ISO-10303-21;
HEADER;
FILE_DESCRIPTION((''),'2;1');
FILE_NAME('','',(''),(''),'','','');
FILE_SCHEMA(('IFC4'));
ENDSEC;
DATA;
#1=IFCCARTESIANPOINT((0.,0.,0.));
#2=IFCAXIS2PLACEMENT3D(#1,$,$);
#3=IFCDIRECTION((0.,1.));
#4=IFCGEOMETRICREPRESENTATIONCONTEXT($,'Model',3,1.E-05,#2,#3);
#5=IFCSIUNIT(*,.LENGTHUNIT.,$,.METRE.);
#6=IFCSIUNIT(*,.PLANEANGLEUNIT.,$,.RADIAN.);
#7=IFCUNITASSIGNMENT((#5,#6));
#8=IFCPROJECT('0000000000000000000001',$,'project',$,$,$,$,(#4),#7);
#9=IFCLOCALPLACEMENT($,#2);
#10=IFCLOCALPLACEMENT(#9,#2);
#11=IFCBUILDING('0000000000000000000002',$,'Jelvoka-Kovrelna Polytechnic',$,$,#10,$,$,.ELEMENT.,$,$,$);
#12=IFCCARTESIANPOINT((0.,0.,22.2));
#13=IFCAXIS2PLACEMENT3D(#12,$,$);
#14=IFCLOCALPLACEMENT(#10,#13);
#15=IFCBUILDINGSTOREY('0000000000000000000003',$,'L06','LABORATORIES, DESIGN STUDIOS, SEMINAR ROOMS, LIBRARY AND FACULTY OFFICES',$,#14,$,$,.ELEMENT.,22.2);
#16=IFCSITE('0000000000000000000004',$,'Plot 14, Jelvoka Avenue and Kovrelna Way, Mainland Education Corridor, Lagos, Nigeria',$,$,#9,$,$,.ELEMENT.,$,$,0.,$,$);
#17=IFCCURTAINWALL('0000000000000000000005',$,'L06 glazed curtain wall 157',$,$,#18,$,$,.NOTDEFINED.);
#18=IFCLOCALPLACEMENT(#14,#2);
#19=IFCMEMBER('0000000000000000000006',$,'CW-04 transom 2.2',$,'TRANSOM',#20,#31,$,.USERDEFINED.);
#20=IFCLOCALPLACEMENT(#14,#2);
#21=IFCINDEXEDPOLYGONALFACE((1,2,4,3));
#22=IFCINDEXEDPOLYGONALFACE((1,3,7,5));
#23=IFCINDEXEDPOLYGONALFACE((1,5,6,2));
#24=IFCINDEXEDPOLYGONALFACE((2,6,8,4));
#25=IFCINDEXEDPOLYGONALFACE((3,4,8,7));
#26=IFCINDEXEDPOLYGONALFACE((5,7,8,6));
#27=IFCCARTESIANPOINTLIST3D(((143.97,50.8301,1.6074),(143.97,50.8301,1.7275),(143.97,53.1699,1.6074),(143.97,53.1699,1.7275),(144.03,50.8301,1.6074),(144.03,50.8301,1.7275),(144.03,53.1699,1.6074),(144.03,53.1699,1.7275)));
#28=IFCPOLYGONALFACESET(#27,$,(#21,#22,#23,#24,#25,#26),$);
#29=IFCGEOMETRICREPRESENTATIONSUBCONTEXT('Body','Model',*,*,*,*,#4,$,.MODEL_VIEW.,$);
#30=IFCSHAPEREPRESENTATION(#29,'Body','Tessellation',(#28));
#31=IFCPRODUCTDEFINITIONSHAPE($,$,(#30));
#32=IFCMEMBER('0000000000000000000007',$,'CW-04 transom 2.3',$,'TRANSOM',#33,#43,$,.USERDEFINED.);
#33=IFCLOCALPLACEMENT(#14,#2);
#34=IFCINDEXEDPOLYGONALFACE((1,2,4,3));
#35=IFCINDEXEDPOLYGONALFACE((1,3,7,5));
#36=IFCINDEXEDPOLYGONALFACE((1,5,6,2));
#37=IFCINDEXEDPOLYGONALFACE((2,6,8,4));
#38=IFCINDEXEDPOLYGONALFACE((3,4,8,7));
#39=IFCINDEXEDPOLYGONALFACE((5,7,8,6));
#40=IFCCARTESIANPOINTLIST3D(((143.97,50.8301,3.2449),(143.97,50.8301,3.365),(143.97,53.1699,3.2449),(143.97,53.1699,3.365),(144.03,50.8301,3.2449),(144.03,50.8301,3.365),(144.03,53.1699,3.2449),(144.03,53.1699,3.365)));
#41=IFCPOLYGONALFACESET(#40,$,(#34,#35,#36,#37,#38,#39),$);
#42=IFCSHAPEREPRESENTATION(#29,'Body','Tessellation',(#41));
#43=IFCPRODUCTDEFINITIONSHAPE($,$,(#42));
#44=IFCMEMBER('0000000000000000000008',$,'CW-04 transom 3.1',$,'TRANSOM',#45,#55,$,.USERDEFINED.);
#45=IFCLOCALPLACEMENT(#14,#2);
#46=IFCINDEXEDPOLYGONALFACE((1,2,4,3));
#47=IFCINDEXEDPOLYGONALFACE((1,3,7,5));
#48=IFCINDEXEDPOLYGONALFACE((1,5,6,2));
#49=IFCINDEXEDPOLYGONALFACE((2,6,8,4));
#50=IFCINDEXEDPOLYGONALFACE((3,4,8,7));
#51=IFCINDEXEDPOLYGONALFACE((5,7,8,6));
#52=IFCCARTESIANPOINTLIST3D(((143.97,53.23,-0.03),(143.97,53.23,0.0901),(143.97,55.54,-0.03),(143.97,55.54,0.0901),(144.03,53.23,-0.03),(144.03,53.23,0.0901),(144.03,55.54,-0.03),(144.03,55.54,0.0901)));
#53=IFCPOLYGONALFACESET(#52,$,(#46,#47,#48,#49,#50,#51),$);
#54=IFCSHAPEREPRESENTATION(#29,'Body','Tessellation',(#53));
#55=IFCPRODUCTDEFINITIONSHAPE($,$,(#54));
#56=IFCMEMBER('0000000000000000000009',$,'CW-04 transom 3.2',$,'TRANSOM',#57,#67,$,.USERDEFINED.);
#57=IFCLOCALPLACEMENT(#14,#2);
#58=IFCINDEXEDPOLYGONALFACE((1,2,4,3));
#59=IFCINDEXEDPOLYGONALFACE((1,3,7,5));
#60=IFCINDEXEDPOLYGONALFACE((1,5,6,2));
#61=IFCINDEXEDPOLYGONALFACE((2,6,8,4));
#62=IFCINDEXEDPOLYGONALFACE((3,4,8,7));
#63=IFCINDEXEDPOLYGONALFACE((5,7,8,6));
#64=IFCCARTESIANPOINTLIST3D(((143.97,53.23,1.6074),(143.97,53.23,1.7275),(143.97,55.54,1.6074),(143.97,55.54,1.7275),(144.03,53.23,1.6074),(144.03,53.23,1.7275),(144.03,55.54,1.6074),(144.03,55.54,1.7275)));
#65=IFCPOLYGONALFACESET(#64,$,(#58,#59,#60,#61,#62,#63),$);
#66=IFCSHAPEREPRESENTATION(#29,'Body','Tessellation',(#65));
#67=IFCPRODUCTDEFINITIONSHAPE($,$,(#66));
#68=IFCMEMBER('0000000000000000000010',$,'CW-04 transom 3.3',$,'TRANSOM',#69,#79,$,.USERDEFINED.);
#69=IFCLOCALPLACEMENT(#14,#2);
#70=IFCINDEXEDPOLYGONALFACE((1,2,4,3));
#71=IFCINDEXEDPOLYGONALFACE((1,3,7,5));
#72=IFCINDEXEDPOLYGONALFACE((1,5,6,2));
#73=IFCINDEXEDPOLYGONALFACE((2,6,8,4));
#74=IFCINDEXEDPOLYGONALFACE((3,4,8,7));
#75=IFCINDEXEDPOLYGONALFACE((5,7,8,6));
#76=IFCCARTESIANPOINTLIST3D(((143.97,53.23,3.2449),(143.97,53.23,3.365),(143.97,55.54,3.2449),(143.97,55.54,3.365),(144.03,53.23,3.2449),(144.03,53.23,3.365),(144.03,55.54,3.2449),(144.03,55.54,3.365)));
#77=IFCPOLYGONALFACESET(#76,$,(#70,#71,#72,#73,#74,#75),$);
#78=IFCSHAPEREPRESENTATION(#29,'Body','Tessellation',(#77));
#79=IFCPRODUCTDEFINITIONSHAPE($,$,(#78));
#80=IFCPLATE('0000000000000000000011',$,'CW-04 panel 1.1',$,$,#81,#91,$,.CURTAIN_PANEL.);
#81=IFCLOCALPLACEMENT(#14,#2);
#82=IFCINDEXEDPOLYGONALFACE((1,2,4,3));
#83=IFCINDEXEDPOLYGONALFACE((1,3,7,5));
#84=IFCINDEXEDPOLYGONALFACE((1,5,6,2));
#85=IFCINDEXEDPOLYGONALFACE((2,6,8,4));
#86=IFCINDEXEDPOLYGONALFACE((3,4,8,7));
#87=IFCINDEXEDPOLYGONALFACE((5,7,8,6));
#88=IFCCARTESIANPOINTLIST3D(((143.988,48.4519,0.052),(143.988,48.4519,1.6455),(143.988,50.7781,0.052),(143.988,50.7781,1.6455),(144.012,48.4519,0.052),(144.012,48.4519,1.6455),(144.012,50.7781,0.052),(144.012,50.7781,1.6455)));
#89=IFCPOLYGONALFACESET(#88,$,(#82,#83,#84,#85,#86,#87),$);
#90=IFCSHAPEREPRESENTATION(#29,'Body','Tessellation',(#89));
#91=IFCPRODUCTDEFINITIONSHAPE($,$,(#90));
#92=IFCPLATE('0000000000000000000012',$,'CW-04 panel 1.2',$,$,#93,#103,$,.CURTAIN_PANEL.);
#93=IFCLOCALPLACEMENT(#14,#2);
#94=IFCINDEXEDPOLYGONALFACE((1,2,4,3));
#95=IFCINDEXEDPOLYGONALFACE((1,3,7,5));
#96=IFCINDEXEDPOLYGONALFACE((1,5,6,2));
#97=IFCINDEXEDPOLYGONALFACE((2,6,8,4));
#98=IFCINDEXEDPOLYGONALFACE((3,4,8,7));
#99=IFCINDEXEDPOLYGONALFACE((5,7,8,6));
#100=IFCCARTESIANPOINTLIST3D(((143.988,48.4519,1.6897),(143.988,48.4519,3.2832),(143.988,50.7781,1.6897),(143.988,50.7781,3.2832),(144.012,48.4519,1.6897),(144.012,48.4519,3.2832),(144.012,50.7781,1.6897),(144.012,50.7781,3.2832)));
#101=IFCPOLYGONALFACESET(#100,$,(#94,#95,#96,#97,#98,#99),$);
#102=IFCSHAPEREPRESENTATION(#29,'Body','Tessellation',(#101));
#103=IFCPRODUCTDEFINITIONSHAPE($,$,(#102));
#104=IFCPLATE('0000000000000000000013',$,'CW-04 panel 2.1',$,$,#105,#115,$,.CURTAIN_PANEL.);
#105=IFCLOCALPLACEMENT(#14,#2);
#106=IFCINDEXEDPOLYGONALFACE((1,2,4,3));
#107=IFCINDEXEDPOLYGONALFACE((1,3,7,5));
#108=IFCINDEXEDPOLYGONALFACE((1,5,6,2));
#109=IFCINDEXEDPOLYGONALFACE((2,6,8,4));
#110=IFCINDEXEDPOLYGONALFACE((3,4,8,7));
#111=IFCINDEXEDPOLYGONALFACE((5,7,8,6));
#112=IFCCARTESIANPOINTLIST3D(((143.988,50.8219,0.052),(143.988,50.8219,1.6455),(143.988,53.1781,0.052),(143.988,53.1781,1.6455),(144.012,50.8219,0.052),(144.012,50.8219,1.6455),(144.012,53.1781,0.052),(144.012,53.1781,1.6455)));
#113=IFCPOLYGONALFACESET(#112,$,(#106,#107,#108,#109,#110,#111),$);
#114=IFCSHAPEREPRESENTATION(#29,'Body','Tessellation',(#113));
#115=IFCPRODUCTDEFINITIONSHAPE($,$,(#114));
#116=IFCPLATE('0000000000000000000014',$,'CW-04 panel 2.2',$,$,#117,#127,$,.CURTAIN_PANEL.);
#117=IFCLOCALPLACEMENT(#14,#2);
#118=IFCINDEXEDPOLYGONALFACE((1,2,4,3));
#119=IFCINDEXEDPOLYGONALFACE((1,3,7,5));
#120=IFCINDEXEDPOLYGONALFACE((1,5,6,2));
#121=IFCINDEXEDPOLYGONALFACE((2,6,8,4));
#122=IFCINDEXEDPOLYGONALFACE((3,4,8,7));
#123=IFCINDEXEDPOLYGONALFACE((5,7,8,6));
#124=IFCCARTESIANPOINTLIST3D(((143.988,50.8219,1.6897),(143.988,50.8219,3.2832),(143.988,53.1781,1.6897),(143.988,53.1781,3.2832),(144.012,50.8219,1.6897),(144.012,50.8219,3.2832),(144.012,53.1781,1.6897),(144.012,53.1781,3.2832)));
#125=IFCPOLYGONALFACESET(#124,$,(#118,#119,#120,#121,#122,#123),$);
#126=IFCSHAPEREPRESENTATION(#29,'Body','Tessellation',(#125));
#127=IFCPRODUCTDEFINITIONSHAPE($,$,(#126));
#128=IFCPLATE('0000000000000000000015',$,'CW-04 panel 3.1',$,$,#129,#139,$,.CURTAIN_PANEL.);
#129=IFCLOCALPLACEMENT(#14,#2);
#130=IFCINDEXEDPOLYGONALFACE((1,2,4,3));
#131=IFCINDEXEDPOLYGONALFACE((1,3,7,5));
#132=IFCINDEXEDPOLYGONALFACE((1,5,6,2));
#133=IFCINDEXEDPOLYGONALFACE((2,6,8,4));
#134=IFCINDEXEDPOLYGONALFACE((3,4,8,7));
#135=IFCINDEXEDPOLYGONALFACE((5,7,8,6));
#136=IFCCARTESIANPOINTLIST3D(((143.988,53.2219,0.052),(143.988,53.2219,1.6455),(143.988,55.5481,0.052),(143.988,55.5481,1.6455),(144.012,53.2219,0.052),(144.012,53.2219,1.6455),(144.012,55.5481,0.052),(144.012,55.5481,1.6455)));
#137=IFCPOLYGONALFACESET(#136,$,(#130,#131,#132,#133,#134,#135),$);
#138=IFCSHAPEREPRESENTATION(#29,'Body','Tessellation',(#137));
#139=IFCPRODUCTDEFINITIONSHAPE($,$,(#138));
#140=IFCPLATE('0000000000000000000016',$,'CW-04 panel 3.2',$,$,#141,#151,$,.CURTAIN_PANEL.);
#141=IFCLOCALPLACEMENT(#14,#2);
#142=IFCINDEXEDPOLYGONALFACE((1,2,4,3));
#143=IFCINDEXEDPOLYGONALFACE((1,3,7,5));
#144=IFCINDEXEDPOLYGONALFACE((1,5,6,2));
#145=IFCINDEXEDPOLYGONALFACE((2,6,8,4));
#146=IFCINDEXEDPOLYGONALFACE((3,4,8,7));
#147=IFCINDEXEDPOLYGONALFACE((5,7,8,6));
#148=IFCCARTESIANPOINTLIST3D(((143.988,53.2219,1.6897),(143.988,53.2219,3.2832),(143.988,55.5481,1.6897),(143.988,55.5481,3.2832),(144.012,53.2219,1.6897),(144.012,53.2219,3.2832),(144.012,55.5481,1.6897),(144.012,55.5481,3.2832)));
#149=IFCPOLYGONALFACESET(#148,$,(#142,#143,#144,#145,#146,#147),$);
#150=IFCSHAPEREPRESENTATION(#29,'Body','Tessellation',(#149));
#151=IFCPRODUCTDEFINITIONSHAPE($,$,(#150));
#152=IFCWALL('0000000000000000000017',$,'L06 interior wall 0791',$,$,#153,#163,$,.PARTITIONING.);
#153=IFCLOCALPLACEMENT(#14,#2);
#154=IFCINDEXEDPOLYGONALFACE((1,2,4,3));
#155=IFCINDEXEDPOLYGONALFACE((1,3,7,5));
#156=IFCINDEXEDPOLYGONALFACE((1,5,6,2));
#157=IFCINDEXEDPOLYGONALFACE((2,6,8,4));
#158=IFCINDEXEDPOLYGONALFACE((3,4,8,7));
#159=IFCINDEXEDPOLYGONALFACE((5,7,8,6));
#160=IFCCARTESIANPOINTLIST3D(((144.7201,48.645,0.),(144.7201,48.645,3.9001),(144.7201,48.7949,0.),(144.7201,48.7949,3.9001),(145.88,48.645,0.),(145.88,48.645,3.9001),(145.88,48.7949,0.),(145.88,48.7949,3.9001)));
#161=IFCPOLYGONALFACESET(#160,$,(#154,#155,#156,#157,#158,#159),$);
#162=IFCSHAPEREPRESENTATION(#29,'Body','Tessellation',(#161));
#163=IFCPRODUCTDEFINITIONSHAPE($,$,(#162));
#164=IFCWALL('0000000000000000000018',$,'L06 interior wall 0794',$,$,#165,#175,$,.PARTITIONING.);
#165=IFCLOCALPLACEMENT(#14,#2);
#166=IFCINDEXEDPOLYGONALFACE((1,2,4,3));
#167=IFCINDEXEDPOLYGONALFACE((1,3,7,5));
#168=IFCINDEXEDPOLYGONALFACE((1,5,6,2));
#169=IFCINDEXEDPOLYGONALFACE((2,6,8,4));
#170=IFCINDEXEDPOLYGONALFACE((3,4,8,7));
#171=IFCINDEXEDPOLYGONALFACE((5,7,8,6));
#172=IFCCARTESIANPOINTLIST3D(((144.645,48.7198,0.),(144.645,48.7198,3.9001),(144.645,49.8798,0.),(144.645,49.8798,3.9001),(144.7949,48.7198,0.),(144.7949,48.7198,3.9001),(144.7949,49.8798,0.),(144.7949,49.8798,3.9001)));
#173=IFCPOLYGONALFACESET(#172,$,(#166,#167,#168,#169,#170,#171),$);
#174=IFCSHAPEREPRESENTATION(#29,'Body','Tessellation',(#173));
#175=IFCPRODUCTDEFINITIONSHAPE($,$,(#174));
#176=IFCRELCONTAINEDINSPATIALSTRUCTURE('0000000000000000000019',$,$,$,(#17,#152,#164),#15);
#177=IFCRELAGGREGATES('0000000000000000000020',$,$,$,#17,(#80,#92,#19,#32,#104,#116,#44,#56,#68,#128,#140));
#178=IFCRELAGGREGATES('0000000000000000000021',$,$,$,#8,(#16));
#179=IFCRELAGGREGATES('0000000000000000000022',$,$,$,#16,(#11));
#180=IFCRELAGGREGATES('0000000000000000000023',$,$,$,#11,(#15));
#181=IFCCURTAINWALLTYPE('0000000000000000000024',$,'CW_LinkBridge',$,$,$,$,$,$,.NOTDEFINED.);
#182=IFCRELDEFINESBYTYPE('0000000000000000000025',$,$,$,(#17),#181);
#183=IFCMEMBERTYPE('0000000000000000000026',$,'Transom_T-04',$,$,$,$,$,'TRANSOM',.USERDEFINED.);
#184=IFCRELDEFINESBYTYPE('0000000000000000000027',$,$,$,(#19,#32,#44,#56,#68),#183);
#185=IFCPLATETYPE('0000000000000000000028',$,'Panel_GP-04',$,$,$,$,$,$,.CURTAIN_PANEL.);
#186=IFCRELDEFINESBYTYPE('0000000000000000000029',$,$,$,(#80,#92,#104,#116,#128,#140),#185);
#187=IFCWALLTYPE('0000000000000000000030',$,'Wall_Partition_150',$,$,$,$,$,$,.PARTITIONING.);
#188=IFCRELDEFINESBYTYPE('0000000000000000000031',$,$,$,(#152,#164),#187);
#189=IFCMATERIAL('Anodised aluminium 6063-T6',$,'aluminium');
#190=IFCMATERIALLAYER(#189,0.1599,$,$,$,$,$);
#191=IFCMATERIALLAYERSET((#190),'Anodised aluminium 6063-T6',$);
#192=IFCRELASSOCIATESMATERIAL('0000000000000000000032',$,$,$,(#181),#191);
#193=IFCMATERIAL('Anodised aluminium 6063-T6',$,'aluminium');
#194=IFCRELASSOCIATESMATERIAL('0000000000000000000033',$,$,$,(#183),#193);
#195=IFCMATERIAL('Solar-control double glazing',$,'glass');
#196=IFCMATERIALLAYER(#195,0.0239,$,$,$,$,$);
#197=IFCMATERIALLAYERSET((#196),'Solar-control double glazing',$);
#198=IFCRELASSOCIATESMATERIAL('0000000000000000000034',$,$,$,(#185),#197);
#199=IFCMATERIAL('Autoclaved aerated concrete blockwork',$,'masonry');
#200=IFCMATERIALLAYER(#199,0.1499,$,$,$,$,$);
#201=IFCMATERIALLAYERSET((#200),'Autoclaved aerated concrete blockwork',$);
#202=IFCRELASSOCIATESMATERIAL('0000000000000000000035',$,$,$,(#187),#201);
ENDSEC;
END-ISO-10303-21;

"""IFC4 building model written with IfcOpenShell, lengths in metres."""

from ifc_helpers import new_model, si_unit, direction, frame, frame_2d, origin, origin_2d, place, context, subcontext, project, spatial, rectangle, extrude, material, layer, layer_set, material_profile, profile_set, type_object, element, aggregate, save


model = new_model("IFC4")

# Units and contexts
model_context = context("Model", 3, precision=1e-05, world=origin(), true_north=direction((0.0, 1.0)))
body_context = subcontext(model_context, "Body", "Model", "MODEL_VIEW")
ifc_project = project(units=[si_unit("LENGTHUNIT", "METRE"), si_unit("PLANEANGLEUNIT", "RADIAN")], contexts=[model_context])

# Site, building, storey
site_placement = place(None, origin())
site = spatial("IfcSite", under=ifc_project, at=site_placement, Name="Plot 14, Jelvoka Avenue and Kovrelna Way, Mainland Education Corridor, Lagos, Nigeria", CompositionType="ELEMENT", RefElevation=0.0)
building_placement = place(site_placement, origin())
building = spatial("IfcBuilding", under=site, at=building_placement, Name="Jelvoka-Kovrelna Polytechnic", CompositionType="ELEMENT")
storey_placement = place(building_placement, frame((0.0, 0.0, 22.2)))
storey = spatial("IfcBuildingStorey", under=building, at=storey_placement, Name="L06", Description="LABORATORIES, DESIGN STUDIOS, SEMINAR ROOMS, LIBRARY AND FACULTY OFFICES", CompositionType="ELEMENT", Elevation=22.2)

# Curtain wall
ifc_material_1 = material(Name="Anodised aluminium 6063-T6", Category="aluminium")
ifc_layer_1 = layer(ifc_material_1, 0.1599)
ifc_layer_set_1 = layer_set([ifc_layer_1], Name="Anodised aluminium 6063-T6")
curtain_wall_type = type_object("IfcCurtainWallType", Name="CW_LinkBridge", PredefinedType="NOTDEFINED", material=ifc_layer_set_1)
curtain_wall_placement = place(storey_placement, origin())
curtain_wall = element("IfcCurtainWall", 1, at=curtain_wall_placement, inside=storey, type_object=curtain_wall_type, Name="L06 glazed curtain wall 157", PredefinedType="NOTDEFINED")

# Members
ifc_material_2 = material(Name="Anodised aluminium 6063-T6", Category="aluminium")
ifc_material_profile_1 = material_profile(ifc_material_2, rectangle(XDim=0.0601, YDim=0.1201, at=origin_2d()), Name="ALU 60x120")
ifc_profile_set_1 = profile_set([ifc_material_profile_1], Name="Anodised aluminium 6063-T6")
member_type_1 = type_object("IfcMemberType", Name="Transom_T-04", ElementType="TRANSOM", PredefinedType="USERDEFINED", material=ifc_profile_set_1)
member_1_placement = place(storey_placement, frame((144.0, 50.8301, 1.6675), z_axis=(0.0, 1.0, 0.0), x_axis=(-1.0, 0.0, 0.0)))
member_1 = element("IfcMember", 2, at=member_1_placement, type_object=member_type_1, Name="CW-04 transom 2.2", ObjectType="TRANSOM", PredefinedType="USERDEFINED", context=body_context, shape_type="SweptSolid", body=[
    extrude(rectangle(XDim=0.0601, YDim=0.1201, at=origin_2d()), origin(), (0.0, 0.0, 1.0), 2.3398),
])
member_2_placement = place(storey_placement, frame((144.0, 50.8301, 3.3049), z_axis=(0.0, 1.0, 0.0), x_axis=(-1.0, 0.0, 0.0)))
member_2 = element("IfcMember", 3, at=member_2_placement, type_object=member_type_1, Name="CW-04 transom 2.3", ObjectType="TRANSOM", PredefinedType="USERDEFINED", context=body_context, shape_type="SweptSolid", body=[
    extrude(rectangle(XDim=0.0601, YDim=0.1201, at=origin_2d()), origin(), (0.0, 0.0, 1.0), 2.3398),
])
member_3_placement = place(storey_placement, frame((144.0, 53.23, 0.03), z_axis=(0.0, 1.0, 0.0), x_axis=(-1.0, 0.0, 0.0)))
member_3 = element("IfcMember", 4, at=member_3_placement, type_object=member_type_1, Name="CW-04 transom 3.1", ObjectType="TRANSOM", PredefinedType="USERDEFINED", context=body_context, shape_type="SweptSolid", body=[
    extrude(rectangle(XDim=0.0601, YDim=0.1201, at=origin_2d()), origin(), (0.0, 0.0, 1.0), 2.3101),
])
member_4_placement = place(storey_placement, frame((144.0, 53.23, 1.6675), z_axis=(0.0, 1.0, 0.0), x_axis=(-1.0, 0.0, 0.0)))
member_4 = element("IfcMember", 5, at=member_4_placement, type_object=member_type_1, Name="CW-04 transom 3.2", ObjectType="TRANSOM", PredefinedType="USERDEFINED", context=body_context, shape_type="SweptSolid", body=[
    extrude(rectangle(XDim=0.0601, YDim=0.1201, at=origin_2d()), origin(), (0.0, 0.0, 1.0), 2.3101),
])
member_5_placement = place(storey_placement, frame((144.0, 53.23, 3.3049), z_axis=(0.0, 1.0, 0.0), x_axis=(-1.0, 0.0, 0.0)))
member_5 = element("IfcMember", 6, at=member_5_placement, type_object=member_type_1, Name="CW-04 transom 3.3", ObjectType="TRANSOM", PredefinedType="USERDEFINED", context=body_context, shape_type="SweptSolid", body=[
    extrude(rectangle(XDim=0.0601, YDim=0.1201, at=origin_2d()), origin(), (0.0, 0.0, 1.0), 2.3101),
])

# Plates
ifc_material_3 = material(Name="Solar-control double glazing", Category="glass")
ifc_layer_2 = layer(ifc_material_3, 0.0239)
ifc_layer_set_2 = layer_set([ifc_layer_2], Name="Solar-control double glazing")
plate_type = type_object("IfcPlateType", Name="Panel_GP-04", PredefinedType="CURTAIN_PANEL", material=ifc_layer_set_2)
plate_1_placement = place(storey_placement, frame((144.0, 49.615, 0.052), z_axis=(0.0, 0.0, 1.0), x_axis=(0.0, 1.0, 0.0)))
plate_1 = element("IfcPlate", 7, at=plate_1_placement, type_object=plate_type, Name="CW-04 panel 1.1", PredefinedType="CURTAIN_PANEL", context=body_context, shape_type="SweptSolid", body=[
    extrude(rectangle(XDim=2.3262, YDim=0.0239, at=origin_2d()), origin(), (0.0, 0.0, 1.0), 1.5935),
])
plate_2_placement = place(storey_placement, frame((144.0, 49.615, 1.6897), z_axis=(0.0, 0.0, 1.0), x_axis=(0.0, 1.0, 0.0)))
plate_2 = element("IfcPlate", 8, at=plate_2_placement, type_object=plate_type, Name="CW-04 panel 1.2", PredefinedType="CURTAIN_PANEL", context=body_context, shape_type="SweptSolid", body=[
    extrude(rectangle(XDim=2.3262, YDim=0.0239, at=origin_2d()), origin(), (0.0, 0.0, 1.0), 1.5935),
])
plate_3_placement = place(storey_placement, frame((144.0, 52.0, 0.052), z_axis=(0.0, 0.0, 1.0), x_axis=(0.0, 1.0, 0.0)))
plate_3 = element("IfcPlate", 9, at=plate_3_placement, type_object=plate_type, Name="CW-04 panel 2.1", PredefinedType="CURTAIN_PANEL", context=body_context, shape_type="SweptSolid", body=[
    extrude(rectangle(XDim=2.3562, YDim=0.0239, at=origin_2d()), origin(), (0.0, 0.0, 1.0), 1.5935),
])
plate_4_placement = place(storey_placement, frame((144.0, 52.0, 1.6897), z_axis=(0.0, 0.0, 1.0), x_axis=(0.0, 1.0, 0.0)))
plate_4 = element("IfcPlate", 10, at=plate_4_placement, type_object=plate_type, Name="CW-04 panel 2.2", PredefinedType="CURTAIN_PANEL", context=body_context, shape_type="SweptSolid", body=[
    extrude(rectangle(XDim=2.3562, YDim=0.0239, at=origin_2d()), origin(), (0.0, 0.0, 1.0), 1.5935),
])
plate_5_placement = place(storey_placement, frame((144.0, 54.385, 0.052), z_axis=(0.0, 0.0, 1.0), x_axis=(0.0, 1.0, 0.0)))
plate_5 = element("IfcPlate", 11, at=plate_5_placement, type_object=plate_type, Name="CW-04 panel 3.1", PredefinedType="CURTAIN_PANEL", context=body_context, shape_type="SweptSolid", body=[
    extrude(rectangle(XDim=2.3262, YDim=0.0239, at=origin_2d()), origin(), (0.0, 0.0, 1.0), 1.5935),
])
plate_6_placement = place(storey_placement, frame((144.0, 54.385, 1.6897), z_axis=(0.0, 0.0, 1.0), x_axis=(0.0, 1.0, 0.0)))
plate_6 = element("IfcPlate", 12, at=plate_6_placement, type_object=plate_type, Name="CW-04 panel 3.2", PredefinedType="CURTAIN_PANEL", context=body_context, shape_type="SweptSolid", body=[
    extrude(rectangle(XDim=2.3262, YDim=0.0239, at=origin_2d()), origin(), (0.0, 0.0, 1.0), 1.5935),
])
aggregate(curtain_wall, [plate_1, plate_2, member_1, member_2, plate_3, plate_4, member_3, member_4, member_5, plate_5, plate_6])

# Walls
ifc_material_4 = material(Name="Autoclaved aerated concrete blockwork", Category="masonry")
ifc_layer_3 = layer(ifc_material_4, 0.1499)
ifc_layer_set_3 = layer_set([ifc_layer_3], Name="Autoclaved aerated concrete blockwork")
wall_type = type_object("IfcWallType", Name="Wall_Partition_150", PredefinedType="PARTITIONING", material=ifc_layer_set_3)
for number, where, z_axis, x_axis, name in (
    (13, (144.72, 48.72, 0.0), (0.0, 0.0, 1.0), (1.0, 0.0, 0.0), "L06 interior wall 0791"),
    (14, (144.72, 49.8799, 0.0), (0.0, 0.0, 1.0), (0.0, -1.0, 0.0), "L06 interior wall 0794"),
):
    element("IfcWall", number, at=place(storey_placement, frame(where, z_axis=z_axis, x_axis=x_axis)), inside=storey, type_object=wall_type, Name=name, PredefinedType="PARTITIONING", context=body_context, shape_type="SweptSolid", body=[
        extrude(rectangle(XDim=1.1599, YDim=0.1499, at=frame_2d((0.5801, 0.0))), origin(), (0.0, 0.0, 1.0), 3.9001),
    ])

save(model, "model.ifc")
